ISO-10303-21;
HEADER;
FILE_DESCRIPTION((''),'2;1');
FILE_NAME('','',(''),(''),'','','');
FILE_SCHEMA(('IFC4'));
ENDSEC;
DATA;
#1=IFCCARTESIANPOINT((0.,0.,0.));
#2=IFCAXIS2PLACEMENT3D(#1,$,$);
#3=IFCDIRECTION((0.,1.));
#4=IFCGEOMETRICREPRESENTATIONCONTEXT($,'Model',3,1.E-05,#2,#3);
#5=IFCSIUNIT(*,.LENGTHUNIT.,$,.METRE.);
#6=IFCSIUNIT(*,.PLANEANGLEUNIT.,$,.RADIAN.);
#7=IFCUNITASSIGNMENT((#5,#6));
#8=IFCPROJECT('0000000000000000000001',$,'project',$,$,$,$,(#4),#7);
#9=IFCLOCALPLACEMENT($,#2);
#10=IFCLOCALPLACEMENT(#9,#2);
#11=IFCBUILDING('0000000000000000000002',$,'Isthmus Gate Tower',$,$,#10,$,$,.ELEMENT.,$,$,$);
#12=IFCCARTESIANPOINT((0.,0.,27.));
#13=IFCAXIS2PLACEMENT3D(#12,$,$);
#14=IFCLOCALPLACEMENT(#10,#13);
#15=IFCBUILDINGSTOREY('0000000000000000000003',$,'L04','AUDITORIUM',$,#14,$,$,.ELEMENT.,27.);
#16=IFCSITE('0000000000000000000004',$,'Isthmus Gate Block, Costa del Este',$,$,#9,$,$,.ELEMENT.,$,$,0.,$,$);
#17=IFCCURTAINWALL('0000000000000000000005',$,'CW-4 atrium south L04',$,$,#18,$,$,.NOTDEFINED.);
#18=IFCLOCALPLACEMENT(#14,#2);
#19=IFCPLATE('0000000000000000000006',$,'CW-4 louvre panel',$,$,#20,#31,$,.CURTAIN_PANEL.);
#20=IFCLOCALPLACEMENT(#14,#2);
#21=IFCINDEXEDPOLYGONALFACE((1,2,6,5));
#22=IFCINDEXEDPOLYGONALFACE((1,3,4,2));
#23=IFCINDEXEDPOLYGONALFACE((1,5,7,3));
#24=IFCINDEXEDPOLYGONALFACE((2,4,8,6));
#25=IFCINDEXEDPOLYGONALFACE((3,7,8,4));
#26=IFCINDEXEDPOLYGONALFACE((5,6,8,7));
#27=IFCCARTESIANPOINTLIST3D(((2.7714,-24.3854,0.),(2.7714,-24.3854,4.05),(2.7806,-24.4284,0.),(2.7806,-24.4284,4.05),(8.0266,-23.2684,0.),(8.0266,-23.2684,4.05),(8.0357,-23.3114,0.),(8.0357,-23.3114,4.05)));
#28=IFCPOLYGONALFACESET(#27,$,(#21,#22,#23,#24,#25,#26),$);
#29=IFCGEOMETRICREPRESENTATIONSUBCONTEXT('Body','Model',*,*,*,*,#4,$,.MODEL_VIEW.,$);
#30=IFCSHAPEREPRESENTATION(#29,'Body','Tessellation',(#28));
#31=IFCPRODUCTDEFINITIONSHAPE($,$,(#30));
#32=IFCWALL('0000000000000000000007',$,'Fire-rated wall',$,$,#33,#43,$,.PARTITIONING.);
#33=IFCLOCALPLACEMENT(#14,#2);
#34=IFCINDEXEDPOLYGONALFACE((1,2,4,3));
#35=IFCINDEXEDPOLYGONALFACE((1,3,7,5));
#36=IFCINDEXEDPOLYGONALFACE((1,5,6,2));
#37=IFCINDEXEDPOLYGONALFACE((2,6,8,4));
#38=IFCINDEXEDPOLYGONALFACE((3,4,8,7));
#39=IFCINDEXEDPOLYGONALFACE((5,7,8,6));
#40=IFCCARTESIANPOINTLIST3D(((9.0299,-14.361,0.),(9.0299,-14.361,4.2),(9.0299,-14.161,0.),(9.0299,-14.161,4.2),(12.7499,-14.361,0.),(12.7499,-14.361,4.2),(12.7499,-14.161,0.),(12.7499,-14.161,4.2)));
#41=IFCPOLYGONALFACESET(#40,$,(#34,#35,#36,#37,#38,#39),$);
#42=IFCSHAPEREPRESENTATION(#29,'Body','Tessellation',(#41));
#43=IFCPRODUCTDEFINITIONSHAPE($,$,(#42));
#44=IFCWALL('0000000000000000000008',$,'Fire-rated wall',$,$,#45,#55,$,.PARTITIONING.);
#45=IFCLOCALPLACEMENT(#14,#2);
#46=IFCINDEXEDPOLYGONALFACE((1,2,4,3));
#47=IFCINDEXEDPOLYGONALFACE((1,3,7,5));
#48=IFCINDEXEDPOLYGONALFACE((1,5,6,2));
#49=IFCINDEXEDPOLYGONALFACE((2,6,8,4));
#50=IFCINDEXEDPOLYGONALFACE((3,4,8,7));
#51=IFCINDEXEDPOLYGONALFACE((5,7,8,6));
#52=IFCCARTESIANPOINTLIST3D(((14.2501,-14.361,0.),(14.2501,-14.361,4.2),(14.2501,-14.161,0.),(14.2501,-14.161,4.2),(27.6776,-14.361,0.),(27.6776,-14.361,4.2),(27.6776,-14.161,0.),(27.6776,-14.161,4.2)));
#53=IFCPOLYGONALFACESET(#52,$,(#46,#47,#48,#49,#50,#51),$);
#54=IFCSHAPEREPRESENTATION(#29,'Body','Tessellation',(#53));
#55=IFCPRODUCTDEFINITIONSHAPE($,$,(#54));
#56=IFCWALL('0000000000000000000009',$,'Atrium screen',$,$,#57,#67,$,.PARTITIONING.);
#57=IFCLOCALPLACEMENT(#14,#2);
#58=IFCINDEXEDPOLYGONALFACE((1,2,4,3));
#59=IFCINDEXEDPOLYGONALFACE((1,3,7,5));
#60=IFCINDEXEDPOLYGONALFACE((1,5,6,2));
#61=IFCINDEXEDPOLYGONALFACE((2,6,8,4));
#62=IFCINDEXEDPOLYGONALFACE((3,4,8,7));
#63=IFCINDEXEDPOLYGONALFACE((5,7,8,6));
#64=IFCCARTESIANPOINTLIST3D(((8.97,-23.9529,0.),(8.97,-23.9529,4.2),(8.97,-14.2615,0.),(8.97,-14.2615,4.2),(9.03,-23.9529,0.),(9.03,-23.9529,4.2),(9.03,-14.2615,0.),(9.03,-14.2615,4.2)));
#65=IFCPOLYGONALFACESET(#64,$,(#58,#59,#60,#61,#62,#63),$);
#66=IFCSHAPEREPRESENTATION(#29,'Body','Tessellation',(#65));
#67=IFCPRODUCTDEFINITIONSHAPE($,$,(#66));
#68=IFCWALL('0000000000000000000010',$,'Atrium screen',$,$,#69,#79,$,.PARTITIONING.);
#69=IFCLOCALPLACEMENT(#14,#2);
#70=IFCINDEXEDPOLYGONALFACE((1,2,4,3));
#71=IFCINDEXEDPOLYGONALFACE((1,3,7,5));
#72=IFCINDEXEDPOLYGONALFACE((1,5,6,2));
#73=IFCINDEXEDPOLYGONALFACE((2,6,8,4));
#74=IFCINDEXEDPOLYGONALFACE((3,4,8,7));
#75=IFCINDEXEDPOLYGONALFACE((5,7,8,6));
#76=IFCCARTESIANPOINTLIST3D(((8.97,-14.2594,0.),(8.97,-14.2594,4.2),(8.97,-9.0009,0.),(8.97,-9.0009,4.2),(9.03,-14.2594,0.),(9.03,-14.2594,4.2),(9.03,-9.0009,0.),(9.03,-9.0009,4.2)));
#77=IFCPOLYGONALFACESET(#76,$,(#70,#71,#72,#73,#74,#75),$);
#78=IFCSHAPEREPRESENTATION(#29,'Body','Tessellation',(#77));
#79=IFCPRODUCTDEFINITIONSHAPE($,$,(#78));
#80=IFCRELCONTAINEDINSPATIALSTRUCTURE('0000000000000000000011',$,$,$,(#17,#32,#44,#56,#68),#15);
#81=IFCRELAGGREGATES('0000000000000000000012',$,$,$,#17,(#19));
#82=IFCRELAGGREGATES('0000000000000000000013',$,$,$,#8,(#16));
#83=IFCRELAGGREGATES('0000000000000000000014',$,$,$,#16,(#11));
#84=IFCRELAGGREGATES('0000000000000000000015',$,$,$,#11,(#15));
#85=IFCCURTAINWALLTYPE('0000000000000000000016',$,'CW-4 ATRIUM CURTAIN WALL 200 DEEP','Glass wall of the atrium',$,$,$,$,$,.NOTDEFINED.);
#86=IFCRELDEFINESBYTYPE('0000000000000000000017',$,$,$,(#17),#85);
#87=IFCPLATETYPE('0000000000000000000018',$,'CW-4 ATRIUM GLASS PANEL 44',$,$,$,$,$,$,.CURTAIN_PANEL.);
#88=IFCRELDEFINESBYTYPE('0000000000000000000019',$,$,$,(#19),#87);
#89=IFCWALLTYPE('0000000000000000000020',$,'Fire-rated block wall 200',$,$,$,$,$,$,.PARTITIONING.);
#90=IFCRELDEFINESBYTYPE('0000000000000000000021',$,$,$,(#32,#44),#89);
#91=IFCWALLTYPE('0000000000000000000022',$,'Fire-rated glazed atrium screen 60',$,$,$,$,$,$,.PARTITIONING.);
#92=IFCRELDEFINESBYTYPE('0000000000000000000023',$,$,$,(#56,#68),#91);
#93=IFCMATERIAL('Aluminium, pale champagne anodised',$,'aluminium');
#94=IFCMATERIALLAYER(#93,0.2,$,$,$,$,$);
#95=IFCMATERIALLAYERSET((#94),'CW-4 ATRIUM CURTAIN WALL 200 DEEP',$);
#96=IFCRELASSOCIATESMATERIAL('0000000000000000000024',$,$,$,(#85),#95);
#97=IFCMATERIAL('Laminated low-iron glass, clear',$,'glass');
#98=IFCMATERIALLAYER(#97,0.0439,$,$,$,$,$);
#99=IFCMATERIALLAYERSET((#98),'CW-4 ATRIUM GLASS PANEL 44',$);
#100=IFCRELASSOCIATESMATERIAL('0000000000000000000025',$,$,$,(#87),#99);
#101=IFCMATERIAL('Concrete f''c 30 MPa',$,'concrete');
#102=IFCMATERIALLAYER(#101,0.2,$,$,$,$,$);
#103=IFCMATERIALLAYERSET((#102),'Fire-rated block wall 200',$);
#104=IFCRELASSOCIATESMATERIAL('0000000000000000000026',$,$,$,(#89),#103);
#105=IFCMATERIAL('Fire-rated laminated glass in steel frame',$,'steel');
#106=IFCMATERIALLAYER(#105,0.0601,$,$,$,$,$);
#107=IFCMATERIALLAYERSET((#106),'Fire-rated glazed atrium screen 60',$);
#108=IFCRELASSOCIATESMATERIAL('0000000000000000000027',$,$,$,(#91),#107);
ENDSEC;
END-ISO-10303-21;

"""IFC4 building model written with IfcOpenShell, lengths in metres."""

from ifc_helpers import new_model, si_unit, direction, frame, frame_2d, origin, origin_2d, place, context, subcontext, project, spatial, rectangle, extrude, material, layer, layer_set, type_object, element, aggregate, save


model = new_model("IFC4")

# Units and contexts
model_context = context("Model", 3, precision=1e-05, world=origin(), true_north=direction((0.0, 1.0)))
body_context = subcontext(model_context, "Body", "Model", "MODEL_VIEW")
ifc_project = project(units=[si_unit("LENGTHUNIT", "METRE"), si_unit("PLANEANGLEUNIT", "RADIAN")], contexts=[model_context])

# Site, building, storey
site_placement = place(None, origin())
site = spatial("IfcSite", under=ifc_project, at=site_placement, Name="Isthmus Gate Block, Costa del Este", CompositionType="ELEMENT", RefElevation=0.0)
building_placement = place(site_placement, origin())
building = spatial("IfcBuilding", under=site, at=building_placement, Name="Isthmus Gate Tower", CompositionType="ELEMENT")
storey_placement = place(building_placement, frame((0.0, 0.0, 27.0)))
storey = spatial("IfcBuildingStorey", under=building, at=storey_placement, Name="L04", Description="AUDITORIUM", CompositionType="ELEMENT", Elevation=27.0)

# Curtain wall
ifc_material_1 = material(Name="Aluminium, pale champagne anodised", Category="aluminium")
ifc_layer_1 = layer(ifc_material_1, 0.2)
ifc_layer_set_1 = layer_set([ifc_layer_1], Name="CW-4 ATRIUM CURTAIN WALL 200 DEEP")
curtain_wall_type = type_object("IfcCurtainWallType", Name="CW-4 ATRIUM CURTAIN WALL 200 DEEP", Description="Glass wall of the atrium", PredefinedType="NOTDEFINED", material=ifc_layer_set_1)
curtain_wall_placement = place(storey_placement, origin())
curtain_wall = element("IfcCurtainWall", 1, at=curtain_wall_placement, inside=storey, type_object=curtain_wall_type, Name="CW-4 atrium south L04", PredefinedType="NOTDEFINED")

# Plate
ifc_material_2 = material(Name="Laminated low-iron glass, clear", Category="glass")
ifc_layer_2 = layer(ifc_material_2, 0.0439)
ifc_layer_set_2 = layer_set([ifc_layer_2], Name="CW-4 ATRIUM GLASS PANEL 44")
plate_type = type_object("IfcPlateType", Name="CW-4 ATRIUM GLASS PANEL 44", PredefinedType="CURTAIN_PANEL", material=ifc_layer_set_2)
plate_1_placement = place(storey_placement, frame((5.4036, -23.8484, 0.0), z_axis=(0.0, 0.0, 1.0), x_axis=(0.978148, 0.207912, 0.0)))
plate_1 = element("IfcPlate", 2, at=plate_1_placement, type_object=plate_type, Name="CW-4 louvre panel", PredefinedType="CURTAIN_PANEL", context=body_context, shape_type="SweptSolid", body=[
    extrude(rectangle(XDim=5.3726, YDim=0.0439, at=origin_2d()), origin(), (0.0, 0.0, 1.0), 4.05),
])
aggregate(curtain_wall, [plate_1])

# Walls
ifc_material_3 = material(Name="Concrete f'c 30 MPa", Category="concrete")
ifc_layer_3 = layer(ifc_material_3, 0.2)
ifc_layer_set_3 = layer_set([ifc_layer_3], Name="Fire-rated block wall 200")
wall_type_1 = type_object("IfcWallType", Name="Fire-rated block wall 200", PredefinedType="PARTITIONING", material=ifc_layer_set_3)
wall_1_placement = place(storey_placement, frame((9.03, -14.261, 0.0), z_axis=(0.0, 0.0, 1.0), x_axis=(1.0, 0.0, 0.0)))
element("IfcWall", 3, at=wall_1_placement, inside=storey, type_object=wall_type_1, Name="Fire-rated wall", PredefinedType="PARTITIONING", context=body_context, shape_type="SweptSolid", body=[
    extrude(rectangle(XDim=3.72, YDim=0.2, at=frame_2d((1.8599, 0.0))), origin(), (0.0, 0.0, 1.0), 4.2),
])
wall_2_placement = place(storey_placement, frame((14.25, -14.261, 0.0), z_axis=(0.0, 0.0, 1.0), x_axis=(1.0, 0.0, 0.0)))
element("IfcWall", 4, at=wall_2_placement, inside=storey, type_object=wall_type_1, Name="Fire-rated wall", PredefinedType="PARTITIONING", context=body_context, shape_type="SweptSolid", body=[
    extrude(rectangle(XDim=13.4275, YDim=0.2, at=frame_2d((6.7139, 0.0))), origin(), (0.0, 0.0, 1.0), 4.2),
])
ifc_material_4 = material(Name="Fire-rated laminated glass in steel frame", Category="steel")
ifc_layer_4 = layer(ifc_material_4, 0.0601)
ifc_layer_set_4 = layer_set([ifc_layer_4], Name="Fire-rated glazed atrium screen 60")
wall_type_2 = type_object("IfcWallType", Name="Fire-rated glazed atrium screen 60", PredefinedType="PARTITIONING", material=ifc_layer_set_4)
wall_3_placement = place(storey_placement, frame((9.0, -23.9529, 0.0), z_axis=(0.0, 0.0, 1.0), x_axis=(0.0, 1.0, 0.0)))
element("IfcWall", 5, at=wall_3_placement, inside=storey, type_object=wall_type_2, Name="Atrium screen", PredefinedType="PARTITIONING", context=body_context, shape_type="SweptSolid", body=[
    extrude(rectangle(XDim=9.6914, YDim=0.0601, at=frame_2d((4.8457, 0.0))), origin(), (0.0, 0.0, 1.0), 4.2),
])
wall_4_placement = place(storey_placement, frame((9.0, -14.2595, 0.0), z_axis=(0.0, 0.0, 1.0), x_axis=(0.0, 1.0, 0.0)))
element("IfcWall", 6, at=wall_4_placement, inside=storey, type_object=wall_type_2, Name="Atrium screen", PredefinedType="PARTITIONING", context=body_context, shape_type="SweptSolid", body=[
    extrude(rectangle(XDim=5.2585, YDim=0.0601, at=frame_2d((2.6294, 0.0))), origin(), (0.0, 0.0, 1.0), 4.2),
])

save(model, "model.ifc")
